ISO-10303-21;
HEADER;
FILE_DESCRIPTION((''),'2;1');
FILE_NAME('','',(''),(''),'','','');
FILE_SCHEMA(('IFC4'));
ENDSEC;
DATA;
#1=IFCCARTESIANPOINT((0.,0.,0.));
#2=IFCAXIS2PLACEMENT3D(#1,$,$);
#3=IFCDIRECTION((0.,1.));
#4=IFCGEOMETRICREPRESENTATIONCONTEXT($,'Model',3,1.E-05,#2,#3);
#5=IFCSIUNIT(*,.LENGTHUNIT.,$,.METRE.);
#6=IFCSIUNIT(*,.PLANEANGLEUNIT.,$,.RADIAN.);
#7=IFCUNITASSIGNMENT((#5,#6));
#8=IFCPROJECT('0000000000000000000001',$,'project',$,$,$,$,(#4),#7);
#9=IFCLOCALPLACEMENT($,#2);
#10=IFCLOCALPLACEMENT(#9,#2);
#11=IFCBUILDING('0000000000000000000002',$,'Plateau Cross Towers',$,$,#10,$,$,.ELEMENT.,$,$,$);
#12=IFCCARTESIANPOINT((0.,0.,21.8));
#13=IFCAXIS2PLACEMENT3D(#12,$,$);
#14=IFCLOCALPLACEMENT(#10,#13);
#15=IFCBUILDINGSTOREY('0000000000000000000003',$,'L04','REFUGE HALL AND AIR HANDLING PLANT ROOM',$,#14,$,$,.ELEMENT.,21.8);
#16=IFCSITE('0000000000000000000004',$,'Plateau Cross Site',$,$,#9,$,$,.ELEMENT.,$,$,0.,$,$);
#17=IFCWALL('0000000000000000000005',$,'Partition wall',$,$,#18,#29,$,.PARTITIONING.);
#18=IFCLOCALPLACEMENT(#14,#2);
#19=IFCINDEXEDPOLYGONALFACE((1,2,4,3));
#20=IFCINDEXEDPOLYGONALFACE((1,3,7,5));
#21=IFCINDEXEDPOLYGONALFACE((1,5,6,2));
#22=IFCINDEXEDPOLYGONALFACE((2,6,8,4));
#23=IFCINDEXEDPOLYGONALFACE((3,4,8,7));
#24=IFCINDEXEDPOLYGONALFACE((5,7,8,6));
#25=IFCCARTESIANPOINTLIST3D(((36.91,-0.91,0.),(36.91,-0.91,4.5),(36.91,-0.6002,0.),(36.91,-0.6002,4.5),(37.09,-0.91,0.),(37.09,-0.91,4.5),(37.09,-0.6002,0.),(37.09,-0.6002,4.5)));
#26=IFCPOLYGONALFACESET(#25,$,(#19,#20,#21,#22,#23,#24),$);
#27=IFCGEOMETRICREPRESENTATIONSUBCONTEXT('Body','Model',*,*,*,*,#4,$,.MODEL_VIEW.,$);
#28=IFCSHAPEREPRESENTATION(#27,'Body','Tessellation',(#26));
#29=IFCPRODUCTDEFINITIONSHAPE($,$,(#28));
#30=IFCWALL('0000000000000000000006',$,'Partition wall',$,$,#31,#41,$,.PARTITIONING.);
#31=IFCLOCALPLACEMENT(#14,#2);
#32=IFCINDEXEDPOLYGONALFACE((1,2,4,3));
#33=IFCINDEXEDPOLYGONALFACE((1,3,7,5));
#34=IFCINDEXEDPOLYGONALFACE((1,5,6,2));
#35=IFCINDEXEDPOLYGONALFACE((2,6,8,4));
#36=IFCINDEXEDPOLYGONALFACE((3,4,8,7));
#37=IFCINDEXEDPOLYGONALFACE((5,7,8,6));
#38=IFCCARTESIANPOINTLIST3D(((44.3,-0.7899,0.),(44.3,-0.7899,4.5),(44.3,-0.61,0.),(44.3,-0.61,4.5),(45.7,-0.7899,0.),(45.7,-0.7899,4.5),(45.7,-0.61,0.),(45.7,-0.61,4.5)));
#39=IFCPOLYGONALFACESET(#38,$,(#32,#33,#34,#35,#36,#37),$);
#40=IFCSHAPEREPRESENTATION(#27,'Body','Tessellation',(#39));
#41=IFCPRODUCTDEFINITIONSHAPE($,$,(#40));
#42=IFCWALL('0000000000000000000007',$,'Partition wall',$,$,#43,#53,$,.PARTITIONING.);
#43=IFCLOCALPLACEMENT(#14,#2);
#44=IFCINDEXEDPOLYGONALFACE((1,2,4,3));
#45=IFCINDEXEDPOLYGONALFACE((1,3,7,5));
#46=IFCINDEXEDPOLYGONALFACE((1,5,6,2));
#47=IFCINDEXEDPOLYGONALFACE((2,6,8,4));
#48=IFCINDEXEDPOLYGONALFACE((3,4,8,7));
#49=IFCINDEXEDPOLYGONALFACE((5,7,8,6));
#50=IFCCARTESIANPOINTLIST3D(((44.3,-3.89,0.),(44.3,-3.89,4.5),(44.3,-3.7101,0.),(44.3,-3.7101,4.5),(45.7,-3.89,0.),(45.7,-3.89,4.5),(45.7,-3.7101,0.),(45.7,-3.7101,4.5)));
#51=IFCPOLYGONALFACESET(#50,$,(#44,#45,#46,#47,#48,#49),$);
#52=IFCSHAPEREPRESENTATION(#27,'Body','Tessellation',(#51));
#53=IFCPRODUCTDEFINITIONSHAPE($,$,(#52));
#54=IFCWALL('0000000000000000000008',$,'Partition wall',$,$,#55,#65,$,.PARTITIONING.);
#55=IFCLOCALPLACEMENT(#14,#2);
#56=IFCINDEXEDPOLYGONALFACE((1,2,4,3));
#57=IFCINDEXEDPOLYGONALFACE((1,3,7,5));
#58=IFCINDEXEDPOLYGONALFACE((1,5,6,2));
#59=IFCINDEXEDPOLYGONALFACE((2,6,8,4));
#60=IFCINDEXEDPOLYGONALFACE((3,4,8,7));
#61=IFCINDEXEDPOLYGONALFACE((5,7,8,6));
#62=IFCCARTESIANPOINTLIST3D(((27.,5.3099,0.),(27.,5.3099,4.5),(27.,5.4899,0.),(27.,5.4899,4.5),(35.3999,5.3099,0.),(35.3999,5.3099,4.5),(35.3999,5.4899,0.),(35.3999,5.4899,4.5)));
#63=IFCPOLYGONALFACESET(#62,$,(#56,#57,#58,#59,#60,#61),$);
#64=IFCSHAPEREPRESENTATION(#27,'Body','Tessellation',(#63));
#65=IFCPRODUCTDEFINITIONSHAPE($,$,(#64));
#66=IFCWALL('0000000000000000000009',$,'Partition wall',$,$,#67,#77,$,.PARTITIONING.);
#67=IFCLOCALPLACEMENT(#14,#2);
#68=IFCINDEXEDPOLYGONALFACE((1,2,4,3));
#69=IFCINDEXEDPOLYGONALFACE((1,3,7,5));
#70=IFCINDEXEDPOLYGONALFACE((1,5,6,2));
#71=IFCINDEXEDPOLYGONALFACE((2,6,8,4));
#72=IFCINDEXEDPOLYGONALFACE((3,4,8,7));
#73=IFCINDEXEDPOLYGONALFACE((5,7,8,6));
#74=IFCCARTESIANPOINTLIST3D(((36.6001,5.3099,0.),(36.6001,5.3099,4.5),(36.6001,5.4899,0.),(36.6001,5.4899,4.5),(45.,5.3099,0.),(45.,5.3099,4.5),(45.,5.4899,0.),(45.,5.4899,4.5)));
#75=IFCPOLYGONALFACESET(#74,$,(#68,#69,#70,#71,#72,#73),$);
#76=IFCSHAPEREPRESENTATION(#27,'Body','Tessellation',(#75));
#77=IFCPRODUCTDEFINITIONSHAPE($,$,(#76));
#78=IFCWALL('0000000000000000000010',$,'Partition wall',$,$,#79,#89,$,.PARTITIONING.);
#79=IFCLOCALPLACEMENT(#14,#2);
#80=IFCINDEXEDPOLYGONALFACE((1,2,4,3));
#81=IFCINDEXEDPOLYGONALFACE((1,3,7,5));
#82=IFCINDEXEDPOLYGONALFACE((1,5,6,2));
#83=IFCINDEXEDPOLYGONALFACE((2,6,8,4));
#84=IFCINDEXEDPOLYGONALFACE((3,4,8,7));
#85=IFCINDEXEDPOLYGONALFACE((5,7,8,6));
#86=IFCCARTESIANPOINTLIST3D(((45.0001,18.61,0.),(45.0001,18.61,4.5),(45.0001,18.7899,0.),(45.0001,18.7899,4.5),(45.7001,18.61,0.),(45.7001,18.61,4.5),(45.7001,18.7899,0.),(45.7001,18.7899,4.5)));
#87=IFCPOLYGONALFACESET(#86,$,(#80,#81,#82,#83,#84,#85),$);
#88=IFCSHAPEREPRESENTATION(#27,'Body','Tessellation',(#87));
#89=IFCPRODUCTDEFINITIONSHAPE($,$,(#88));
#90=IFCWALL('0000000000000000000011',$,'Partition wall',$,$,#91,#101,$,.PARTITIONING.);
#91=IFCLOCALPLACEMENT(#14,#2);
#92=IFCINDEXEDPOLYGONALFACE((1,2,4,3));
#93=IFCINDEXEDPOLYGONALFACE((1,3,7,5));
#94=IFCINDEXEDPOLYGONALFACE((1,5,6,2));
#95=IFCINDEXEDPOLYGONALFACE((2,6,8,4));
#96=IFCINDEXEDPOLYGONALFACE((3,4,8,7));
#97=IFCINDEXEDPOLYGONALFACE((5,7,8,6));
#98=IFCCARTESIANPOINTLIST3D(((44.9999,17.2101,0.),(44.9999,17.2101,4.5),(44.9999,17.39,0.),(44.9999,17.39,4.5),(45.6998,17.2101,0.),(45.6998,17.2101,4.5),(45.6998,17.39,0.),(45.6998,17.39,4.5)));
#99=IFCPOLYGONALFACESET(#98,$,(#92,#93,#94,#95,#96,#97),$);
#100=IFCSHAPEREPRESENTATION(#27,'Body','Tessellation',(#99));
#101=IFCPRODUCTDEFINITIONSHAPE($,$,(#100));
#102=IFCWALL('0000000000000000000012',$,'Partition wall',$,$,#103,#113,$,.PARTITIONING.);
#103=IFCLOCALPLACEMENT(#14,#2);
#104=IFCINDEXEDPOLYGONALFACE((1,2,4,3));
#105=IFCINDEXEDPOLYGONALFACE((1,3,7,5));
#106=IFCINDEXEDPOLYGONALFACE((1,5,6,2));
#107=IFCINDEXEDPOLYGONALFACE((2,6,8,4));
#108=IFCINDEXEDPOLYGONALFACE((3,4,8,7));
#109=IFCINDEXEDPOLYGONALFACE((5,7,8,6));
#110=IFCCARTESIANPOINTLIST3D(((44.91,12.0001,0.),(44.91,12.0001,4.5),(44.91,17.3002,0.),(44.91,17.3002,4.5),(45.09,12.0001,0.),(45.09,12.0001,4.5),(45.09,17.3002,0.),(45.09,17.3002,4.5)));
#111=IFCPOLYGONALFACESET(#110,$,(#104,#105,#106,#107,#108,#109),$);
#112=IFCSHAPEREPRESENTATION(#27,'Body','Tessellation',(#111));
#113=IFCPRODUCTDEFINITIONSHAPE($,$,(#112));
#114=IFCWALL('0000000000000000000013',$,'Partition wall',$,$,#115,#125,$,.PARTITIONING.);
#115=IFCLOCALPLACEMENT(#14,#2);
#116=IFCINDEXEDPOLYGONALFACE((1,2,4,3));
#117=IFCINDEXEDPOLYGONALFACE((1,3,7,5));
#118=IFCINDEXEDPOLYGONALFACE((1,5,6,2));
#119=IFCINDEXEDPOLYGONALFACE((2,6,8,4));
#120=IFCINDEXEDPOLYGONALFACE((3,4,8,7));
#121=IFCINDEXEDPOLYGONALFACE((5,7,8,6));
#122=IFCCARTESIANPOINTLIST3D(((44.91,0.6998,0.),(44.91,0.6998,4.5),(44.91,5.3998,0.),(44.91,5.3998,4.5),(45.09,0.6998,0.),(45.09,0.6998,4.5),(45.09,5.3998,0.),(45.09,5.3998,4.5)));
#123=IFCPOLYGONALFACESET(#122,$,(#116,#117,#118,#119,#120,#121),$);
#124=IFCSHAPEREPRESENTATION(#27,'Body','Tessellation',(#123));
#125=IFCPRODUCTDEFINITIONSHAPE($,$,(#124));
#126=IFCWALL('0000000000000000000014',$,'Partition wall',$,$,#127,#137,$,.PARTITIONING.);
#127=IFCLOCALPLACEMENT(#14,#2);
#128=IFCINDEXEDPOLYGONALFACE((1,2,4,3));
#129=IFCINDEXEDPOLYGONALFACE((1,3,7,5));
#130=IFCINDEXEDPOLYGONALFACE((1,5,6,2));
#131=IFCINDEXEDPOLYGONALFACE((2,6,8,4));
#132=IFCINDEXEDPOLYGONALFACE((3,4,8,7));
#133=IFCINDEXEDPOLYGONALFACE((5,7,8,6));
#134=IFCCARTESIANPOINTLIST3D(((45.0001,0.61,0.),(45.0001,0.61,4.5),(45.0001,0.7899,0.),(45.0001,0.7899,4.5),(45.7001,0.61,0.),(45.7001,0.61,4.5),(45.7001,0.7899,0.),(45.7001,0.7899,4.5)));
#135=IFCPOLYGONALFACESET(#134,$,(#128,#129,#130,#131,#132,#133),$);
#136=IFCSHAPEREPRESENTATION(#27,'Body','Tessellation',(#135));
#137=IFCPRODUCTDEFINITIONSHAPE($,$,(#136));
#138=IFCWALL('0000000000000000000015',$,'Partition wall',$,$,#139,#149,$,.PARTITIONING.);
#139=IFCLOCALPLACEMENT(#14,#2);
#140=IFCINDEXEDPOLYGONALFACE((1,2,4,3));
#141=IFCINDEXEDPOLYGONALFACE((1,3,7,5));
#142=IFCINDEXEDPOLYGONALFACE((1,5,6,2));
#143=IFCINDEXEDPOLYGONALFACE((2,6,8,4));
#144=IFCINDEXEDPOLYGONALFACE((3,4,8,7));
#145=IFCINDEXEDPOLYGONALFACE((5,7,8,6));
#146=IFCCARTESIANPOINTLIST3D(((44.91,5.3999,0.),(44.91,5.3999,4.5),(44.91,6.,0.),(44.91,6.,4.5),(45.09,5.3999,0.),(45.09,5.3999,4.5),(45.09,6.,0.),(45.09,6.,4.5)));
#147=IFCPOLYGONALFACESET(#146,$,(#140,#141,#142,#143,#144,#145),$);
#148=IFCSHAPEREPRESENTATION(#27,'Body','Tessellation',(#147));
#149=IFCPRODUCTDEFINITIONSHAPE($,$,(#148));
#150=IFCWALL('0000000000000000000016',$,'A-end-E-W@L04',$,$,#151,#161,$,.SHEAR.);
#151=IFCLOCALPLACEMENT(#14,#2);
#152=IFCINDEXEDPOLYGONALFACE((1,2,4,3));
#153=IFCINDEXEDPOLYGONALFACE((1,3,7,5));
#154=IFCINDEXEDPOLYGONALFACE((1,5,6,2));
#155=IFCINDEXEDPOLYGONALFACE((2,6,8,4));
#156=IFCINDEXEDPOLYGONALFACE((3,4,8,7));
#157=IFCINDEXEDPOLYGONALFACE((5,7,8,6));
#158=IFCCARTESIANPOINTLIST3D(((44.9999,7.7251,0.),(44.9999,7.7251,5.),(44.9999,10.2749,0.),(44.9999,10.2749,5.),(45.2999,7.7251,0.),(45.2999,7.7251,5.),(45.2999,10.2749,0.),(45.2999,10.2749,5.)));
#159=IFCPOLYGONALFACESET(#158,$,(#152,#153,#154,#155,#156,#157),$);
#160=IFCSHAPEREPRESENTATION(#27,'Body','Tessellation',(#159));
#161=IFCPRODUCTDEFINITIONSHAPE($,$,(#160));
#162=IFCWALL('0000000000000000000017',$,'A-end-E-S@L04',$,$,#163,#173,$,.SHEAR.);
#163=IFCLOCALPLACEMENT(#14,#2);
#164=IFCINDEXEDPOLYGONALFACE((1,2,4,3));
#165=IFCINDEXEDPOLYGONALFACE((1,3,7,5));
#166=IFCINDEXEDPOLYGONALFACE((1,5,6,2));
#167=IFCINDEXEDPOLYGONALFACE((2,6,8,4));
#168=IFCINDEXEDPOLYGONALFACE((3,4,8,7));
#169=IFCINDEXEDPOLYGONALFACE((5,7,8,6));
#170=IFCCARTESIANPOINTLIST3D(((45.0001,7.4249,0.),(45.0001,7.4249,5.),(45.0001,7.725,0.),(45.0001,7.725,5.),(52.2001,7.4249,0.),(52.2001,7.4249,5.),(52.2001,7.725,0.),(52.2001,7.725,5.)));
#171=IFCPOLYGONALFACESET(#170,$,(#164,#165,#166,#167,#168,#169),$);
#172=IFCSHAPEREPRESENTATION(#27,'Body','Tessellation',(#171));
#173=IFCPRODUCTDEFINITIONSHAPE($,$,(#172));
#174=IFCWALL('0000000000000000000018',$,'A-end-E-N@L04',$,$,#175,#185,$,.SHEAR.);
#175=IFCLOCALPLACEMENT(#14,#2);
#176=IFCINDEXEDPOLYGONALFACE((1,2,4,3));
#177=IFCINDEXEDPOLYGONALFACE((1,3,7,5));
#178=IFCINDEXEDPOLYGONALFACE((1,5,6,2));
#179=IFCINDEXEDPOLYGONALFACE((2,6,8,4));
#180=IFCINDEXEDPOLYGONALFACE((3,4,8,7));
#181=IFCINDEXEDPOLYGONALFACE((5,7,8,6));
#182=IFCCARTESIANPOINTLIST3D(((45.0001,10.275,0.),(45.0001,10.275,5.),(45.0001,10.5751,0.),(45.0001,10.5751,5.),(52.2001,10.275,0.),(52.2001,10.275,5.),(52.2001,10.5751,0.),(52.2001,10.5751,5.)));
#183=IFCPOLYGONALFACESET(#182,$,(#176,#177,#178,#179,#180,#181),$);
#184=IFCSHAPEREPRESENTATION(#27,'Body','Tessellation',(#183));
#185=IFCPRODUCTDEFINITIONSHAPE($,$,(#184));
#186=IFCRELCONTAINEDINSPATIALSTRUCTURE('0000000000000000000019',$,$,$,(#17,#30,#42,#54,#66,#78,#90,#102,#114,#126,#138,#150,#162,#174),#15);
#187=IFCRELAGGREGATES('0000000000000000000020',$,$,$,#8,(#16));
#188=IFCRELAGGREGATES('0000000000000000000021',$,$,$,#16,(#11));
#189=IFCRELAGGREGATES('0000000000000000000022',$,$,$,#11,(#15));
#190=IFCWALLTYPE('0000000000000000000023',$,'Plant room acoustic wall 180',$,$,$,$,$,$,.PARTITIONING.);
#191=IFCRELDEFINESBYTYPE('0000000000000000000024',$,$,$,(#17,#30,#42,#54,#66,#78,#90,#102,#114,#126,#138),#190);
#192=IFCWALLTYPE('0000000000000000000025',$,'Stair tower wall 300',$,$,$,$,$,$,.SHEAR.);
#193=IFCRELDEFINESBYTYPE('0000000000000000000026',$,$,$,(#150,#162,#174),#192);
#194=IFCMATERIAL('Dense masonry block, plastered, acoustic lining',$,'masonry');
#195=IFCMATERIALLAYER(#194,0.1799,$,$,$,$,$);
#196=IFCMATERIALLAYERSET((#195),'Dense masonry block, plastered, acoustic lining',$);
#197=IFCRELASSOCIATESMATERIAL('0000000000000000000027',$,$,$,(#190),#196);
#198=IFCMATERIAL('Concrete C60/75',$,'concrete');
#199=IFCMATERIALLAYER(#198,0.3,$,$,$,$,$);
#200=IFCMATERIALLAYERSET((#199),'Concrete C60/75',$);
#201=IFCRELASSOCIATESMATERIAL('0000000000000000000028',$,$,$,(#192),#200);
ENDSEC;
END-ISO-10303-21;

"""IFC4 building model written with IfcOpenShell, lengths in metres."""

from ifc_helpers import new_model, si_unit, direction, frame, frame_2d, origin, place, context, subcontext, project, spatial, rectangle, extrude, material, layer, layer_set, type_object, element, save


model = new_model("IFC4")

# Units and contexts
model_context = context("Model", 3, precision=1e-05, world=origin(), true_north=direction((0.0, 1.0)))
body_context = subcontext(model_context, "Body", "Model", "MODEL_VIEW")
ifc_project = project(units=[si_unit("LENGTHUNIT", "METRE"), si_unit("PLANEANGLEUNIT", "RADIAN")], contexts=[model_context])

# Site, building, storey
site_placement = place(None, origin())
site = spatial("IfcSite", under=ifc_project, at=site_placement, Name="Plateau Cross Site", CompositionType="ELEMENT", RefElevation=0.0)
building_placement = place(site_placement, origin())
building = spatial("IfcBuilding", under=site, at=building_placement, Name="Plateau Cross Towers", CompositionType="ELEMENT")
storey_placement = place(building_placement, frame((0.0, 0.0, 21.8)))
storey = spatial("IfcBuildingStorey", under=building, at=storey_placement, Name="L04", Description="REFUGE HALL AND AIR HANDLING PLANT ROOM", CompositionType="ELEMENT", Elevation=21.8)

# Shared definitions
ifc_material_1 = material(Name="Concrete C60/75", Category="concrete")

# Shared definitions
ifc_material_2 = material(Name="Dense masonry block, plastered, acoustic lining", Category="masonry")
ifc_layer_1 = layer(ifc_material_2, 0.1799)
ifc_layer_set_1 = layer_set([ifc_layer_1], Name="Dense masonry block, plastered, acoustic lining")
wall_type_1 = type_object("IfcWallType", Name="Plant room acoustic wall 180", PredefinedType="PARTITIONING", material=ifc_layer_set_1)

# Walls
wall_1_placement = place(storey_placement, frame((37.0, -0.9099, 0.0), z_axis=(0.0, 0.0, 1.0), x_axis=(0.0, 1.0, 0.0)))
element("IfcWall", 1, at=wall_1_placement, inside=storey, type_object=wall_type_1, Name="Partition wall", PredefinedType="PARTITIONING", context=body_context, shape_type="SweptSolid", body=[
    extrude(rectangle(XDim=0.3098, YDim=0.1799, at=frame_2d((0.1548, 0.0))), origin(), (0.0, 0.0, 1.0), 4.5),
])
for number, where, z_axis, x_axis, name in (
    (2, (44.3, -0.7, 0.0), (0.0, 0.0, 1.0), (1.0, 0.0, 0.0), "Partition wall"),
    (3, (45.7, -3.8, 0.0), (0.0, 0.0, 1.0), (-1.0, 0.0, 0.0), "Partition wall"),
):
    element("IfcWall", number, at=place(storey_placement, frame(where, z_axis=z_axis, x_axis=x_axis)), inside=storey, type_object=wall_type_1, Name=name, PredefinedType="PARTITIONING", context=body_context, shape_type="SweptSolid", body=[
        extrude(rectangle(XDim=1.3999, YDim=0.1799, at=frame_2d((0.7, 0.0))), origin(), (0.0, 0.0, 1.0), 4.5),
    ])
for number, where, z_axis, x_axis, name in (
    (4, (35.3999, 5.3999, 0.0), (0.0, 0.0, 1.0), (-1.0, 0.0, 0.0), "Partition wall"),
    (5, (45.0, 5.3999, 0.0), (0.0, 0.0, 1.0), (-1.0, 0.0, 0.0), "Partition wall"),
):
    element("IfcWall", number, at=place(storey_placement, frame(where, z_axis=z_axis, x_axis=x_axis)), inside=storey, type_object=wall_type_1, Name=name, PredefinedType="PARTITIONING", context=body_context, shape_type="SweptSolid", body=[
        extrude(rectangle(XDim=8.3999, YDim=0.1799, at=frame_2d((4.2, 0.0))), origin(), (0.0, 0.0, 1.0), 4.5),
    ])
for number, where, z_axis, x_axis, name in (
    (6, (45.0, 18.7, 0.0), (0.0, 0.0, 1.0), (1.0, 0.0, 0.0), "Partition wall"),
    (7, (45.7, 17.3, 0.0), (0.0, 0.0, 1.0), (-1.0, 0.0, 0.0), "Partition wall"),
):
    element("IfcWall", number, at=place(storey_placement, frame(where, z_axis=z_axis, x_axis=x_axis)), inside=storey, type_object=wall_type_1, Name=name, PredefinedType="PARTITIONING", context=body_context, shape_type="SweptSolid", body=[
        extrude(rectangle(XDim=0.7, YDim=0.1799, at=frame_2d((0.3501, 0.0))), origin(), (0.0, 0.0, 1.0), 4.5),
    ])
wall_2_placement = place(storey_placement, frame((45.0, 17.3, 0.0), z_axis=(0.0, 0.0, 1.0), x_axis=(0.0, -1.0, 0.0)))
element("IfcWall", 8, at=wall_2_placement, inside=storey, type_object=wall_type_1, Name="Partition wall", PredefinedType="PARTITIONING", context=body_context, shape_type="SweptSolid", body=[
    extrude(rectangle(XDim=5.3, YDim=0.1799, at=frame_2d((2.6499, 0.0))), origin(), (0.0, 0.0, 1.0), 4.5),
])
wall_3_placement = place(storey_placement, frame((45.0, 5.3999, 0.0), z_axis=(0.0, 0.0, 1.0), x_axis=(0.0, -1.0, 0.0)))
element("IfcWall", 9, at=wall_3_placement, inside=storey, type_object=wall_type_1, Name="Partition wall", PredefinedType="PARTITIONING", context=body_context, shape_type="SweptSolid", body=[
    extrude(rectangle(XDim=4.7, YDim=0.1799, at=frame_2d((2.3501, 0.0))), origin(), (0.0, 0.0, 1.0), 4.5),
])
wall_4_placement = place(storey_placement, frame((45.0, 0.7, 0.0), z_axis=(0.0, 0.0, 1.0), x_axis=(1.0, 0.0, 0.0)))
element("IfcWall", 10, at=wall_4_placement, inside=storey, type_object=wall_type_1, Name="Partition wall", PredefinedType="PARTITIONING", context=body_context, shape_type="SweptSolid", body=[
    extrude(rectangle(XDim=0.7, YDim=0.1799, at=frame_2d((0.3501, 0.0))), origin(), (0.0, 0.0, 1.0), 4.5),
])
wall_5_placement = place(storey_placement, frame((45.0, 6.0, 0.0), z_axis=(0.0, 0.0, 1.0), x_axis=(0.0, -1.0, 0.0)))
element("IfcWall", 11, at=wall_5_placement, inside=storey, type_object=wall_type_1, Name="Partition wall", PredefinedType="PARTITIONING", context=body_context, shape_type="SweptSolid", body=[
    extrude(rectangle(XDim=0.6001, YDim=0.1799, at=frame_2d((0.3, 0.0))), origin(), (0.0, 0.0, 1.0), 4.5),
])
ifc_layer_2 = layer(ifc_material_1, 0.3)
ifc_layer_set_2 = layer_set([ifc_layer_2], Name="Concrete C60/75")
wall_type_2 = type_object("IfcWallType", Name="Stair tower wall 300", PredefinedType="SHEAR", material=ifc_layer_set_2)
wall_6_placement = place(storey_placement, frame((45.1499, 7.7251, 0.0), z_axis=(0.0, 0.0, 1.0), x_axis=(0.0, 1.0, 0.0)))
element("IfcWall", 12, at=wall_6_placement, inside=storey, type_object=wall_type_2, Name="A-end-E-W@L04", PredefinedType="SHEAR", context=body_context, shape_type="SweptSolid", body=[
    extrude(rectangle(XDim=2.5498, YDim=0.3, at=frame_2d((1.2749, 0.0))), origin(), (0.0, 0.0, 1.0), 5.0),
])
for number, where, z_axis, x_axis, name in (
    (13, (45.0, 7.575, 0.0), (0.0, 0.0, 1.0), (1.0, 0.0, 0.0), "A-end-E-S@L04"),
    (14, (45.0, 10.425, 0.0), (0.0, 0.0, 1.0), (1.0, 0.0, 0.0), "A-end-E-N@L04"),
):
    element("IfcWall", number, at=place(storey_placement, frame(where, z_axis=z_axis, x_axis=x_axis)), inside=storey, type_object=wall_type_2, Name=name, PredefinedType="SHEAR", context=body_context, shape_type="SweptSolid", body=[
        extrude(rectangle(XDim=7.2, YDim=0.3, at=frame_2d((3.6001, 0.0))), origin(), (0.0, 0.0, 1.0), 5.0),
    ])

save(model, "model.ifc")
